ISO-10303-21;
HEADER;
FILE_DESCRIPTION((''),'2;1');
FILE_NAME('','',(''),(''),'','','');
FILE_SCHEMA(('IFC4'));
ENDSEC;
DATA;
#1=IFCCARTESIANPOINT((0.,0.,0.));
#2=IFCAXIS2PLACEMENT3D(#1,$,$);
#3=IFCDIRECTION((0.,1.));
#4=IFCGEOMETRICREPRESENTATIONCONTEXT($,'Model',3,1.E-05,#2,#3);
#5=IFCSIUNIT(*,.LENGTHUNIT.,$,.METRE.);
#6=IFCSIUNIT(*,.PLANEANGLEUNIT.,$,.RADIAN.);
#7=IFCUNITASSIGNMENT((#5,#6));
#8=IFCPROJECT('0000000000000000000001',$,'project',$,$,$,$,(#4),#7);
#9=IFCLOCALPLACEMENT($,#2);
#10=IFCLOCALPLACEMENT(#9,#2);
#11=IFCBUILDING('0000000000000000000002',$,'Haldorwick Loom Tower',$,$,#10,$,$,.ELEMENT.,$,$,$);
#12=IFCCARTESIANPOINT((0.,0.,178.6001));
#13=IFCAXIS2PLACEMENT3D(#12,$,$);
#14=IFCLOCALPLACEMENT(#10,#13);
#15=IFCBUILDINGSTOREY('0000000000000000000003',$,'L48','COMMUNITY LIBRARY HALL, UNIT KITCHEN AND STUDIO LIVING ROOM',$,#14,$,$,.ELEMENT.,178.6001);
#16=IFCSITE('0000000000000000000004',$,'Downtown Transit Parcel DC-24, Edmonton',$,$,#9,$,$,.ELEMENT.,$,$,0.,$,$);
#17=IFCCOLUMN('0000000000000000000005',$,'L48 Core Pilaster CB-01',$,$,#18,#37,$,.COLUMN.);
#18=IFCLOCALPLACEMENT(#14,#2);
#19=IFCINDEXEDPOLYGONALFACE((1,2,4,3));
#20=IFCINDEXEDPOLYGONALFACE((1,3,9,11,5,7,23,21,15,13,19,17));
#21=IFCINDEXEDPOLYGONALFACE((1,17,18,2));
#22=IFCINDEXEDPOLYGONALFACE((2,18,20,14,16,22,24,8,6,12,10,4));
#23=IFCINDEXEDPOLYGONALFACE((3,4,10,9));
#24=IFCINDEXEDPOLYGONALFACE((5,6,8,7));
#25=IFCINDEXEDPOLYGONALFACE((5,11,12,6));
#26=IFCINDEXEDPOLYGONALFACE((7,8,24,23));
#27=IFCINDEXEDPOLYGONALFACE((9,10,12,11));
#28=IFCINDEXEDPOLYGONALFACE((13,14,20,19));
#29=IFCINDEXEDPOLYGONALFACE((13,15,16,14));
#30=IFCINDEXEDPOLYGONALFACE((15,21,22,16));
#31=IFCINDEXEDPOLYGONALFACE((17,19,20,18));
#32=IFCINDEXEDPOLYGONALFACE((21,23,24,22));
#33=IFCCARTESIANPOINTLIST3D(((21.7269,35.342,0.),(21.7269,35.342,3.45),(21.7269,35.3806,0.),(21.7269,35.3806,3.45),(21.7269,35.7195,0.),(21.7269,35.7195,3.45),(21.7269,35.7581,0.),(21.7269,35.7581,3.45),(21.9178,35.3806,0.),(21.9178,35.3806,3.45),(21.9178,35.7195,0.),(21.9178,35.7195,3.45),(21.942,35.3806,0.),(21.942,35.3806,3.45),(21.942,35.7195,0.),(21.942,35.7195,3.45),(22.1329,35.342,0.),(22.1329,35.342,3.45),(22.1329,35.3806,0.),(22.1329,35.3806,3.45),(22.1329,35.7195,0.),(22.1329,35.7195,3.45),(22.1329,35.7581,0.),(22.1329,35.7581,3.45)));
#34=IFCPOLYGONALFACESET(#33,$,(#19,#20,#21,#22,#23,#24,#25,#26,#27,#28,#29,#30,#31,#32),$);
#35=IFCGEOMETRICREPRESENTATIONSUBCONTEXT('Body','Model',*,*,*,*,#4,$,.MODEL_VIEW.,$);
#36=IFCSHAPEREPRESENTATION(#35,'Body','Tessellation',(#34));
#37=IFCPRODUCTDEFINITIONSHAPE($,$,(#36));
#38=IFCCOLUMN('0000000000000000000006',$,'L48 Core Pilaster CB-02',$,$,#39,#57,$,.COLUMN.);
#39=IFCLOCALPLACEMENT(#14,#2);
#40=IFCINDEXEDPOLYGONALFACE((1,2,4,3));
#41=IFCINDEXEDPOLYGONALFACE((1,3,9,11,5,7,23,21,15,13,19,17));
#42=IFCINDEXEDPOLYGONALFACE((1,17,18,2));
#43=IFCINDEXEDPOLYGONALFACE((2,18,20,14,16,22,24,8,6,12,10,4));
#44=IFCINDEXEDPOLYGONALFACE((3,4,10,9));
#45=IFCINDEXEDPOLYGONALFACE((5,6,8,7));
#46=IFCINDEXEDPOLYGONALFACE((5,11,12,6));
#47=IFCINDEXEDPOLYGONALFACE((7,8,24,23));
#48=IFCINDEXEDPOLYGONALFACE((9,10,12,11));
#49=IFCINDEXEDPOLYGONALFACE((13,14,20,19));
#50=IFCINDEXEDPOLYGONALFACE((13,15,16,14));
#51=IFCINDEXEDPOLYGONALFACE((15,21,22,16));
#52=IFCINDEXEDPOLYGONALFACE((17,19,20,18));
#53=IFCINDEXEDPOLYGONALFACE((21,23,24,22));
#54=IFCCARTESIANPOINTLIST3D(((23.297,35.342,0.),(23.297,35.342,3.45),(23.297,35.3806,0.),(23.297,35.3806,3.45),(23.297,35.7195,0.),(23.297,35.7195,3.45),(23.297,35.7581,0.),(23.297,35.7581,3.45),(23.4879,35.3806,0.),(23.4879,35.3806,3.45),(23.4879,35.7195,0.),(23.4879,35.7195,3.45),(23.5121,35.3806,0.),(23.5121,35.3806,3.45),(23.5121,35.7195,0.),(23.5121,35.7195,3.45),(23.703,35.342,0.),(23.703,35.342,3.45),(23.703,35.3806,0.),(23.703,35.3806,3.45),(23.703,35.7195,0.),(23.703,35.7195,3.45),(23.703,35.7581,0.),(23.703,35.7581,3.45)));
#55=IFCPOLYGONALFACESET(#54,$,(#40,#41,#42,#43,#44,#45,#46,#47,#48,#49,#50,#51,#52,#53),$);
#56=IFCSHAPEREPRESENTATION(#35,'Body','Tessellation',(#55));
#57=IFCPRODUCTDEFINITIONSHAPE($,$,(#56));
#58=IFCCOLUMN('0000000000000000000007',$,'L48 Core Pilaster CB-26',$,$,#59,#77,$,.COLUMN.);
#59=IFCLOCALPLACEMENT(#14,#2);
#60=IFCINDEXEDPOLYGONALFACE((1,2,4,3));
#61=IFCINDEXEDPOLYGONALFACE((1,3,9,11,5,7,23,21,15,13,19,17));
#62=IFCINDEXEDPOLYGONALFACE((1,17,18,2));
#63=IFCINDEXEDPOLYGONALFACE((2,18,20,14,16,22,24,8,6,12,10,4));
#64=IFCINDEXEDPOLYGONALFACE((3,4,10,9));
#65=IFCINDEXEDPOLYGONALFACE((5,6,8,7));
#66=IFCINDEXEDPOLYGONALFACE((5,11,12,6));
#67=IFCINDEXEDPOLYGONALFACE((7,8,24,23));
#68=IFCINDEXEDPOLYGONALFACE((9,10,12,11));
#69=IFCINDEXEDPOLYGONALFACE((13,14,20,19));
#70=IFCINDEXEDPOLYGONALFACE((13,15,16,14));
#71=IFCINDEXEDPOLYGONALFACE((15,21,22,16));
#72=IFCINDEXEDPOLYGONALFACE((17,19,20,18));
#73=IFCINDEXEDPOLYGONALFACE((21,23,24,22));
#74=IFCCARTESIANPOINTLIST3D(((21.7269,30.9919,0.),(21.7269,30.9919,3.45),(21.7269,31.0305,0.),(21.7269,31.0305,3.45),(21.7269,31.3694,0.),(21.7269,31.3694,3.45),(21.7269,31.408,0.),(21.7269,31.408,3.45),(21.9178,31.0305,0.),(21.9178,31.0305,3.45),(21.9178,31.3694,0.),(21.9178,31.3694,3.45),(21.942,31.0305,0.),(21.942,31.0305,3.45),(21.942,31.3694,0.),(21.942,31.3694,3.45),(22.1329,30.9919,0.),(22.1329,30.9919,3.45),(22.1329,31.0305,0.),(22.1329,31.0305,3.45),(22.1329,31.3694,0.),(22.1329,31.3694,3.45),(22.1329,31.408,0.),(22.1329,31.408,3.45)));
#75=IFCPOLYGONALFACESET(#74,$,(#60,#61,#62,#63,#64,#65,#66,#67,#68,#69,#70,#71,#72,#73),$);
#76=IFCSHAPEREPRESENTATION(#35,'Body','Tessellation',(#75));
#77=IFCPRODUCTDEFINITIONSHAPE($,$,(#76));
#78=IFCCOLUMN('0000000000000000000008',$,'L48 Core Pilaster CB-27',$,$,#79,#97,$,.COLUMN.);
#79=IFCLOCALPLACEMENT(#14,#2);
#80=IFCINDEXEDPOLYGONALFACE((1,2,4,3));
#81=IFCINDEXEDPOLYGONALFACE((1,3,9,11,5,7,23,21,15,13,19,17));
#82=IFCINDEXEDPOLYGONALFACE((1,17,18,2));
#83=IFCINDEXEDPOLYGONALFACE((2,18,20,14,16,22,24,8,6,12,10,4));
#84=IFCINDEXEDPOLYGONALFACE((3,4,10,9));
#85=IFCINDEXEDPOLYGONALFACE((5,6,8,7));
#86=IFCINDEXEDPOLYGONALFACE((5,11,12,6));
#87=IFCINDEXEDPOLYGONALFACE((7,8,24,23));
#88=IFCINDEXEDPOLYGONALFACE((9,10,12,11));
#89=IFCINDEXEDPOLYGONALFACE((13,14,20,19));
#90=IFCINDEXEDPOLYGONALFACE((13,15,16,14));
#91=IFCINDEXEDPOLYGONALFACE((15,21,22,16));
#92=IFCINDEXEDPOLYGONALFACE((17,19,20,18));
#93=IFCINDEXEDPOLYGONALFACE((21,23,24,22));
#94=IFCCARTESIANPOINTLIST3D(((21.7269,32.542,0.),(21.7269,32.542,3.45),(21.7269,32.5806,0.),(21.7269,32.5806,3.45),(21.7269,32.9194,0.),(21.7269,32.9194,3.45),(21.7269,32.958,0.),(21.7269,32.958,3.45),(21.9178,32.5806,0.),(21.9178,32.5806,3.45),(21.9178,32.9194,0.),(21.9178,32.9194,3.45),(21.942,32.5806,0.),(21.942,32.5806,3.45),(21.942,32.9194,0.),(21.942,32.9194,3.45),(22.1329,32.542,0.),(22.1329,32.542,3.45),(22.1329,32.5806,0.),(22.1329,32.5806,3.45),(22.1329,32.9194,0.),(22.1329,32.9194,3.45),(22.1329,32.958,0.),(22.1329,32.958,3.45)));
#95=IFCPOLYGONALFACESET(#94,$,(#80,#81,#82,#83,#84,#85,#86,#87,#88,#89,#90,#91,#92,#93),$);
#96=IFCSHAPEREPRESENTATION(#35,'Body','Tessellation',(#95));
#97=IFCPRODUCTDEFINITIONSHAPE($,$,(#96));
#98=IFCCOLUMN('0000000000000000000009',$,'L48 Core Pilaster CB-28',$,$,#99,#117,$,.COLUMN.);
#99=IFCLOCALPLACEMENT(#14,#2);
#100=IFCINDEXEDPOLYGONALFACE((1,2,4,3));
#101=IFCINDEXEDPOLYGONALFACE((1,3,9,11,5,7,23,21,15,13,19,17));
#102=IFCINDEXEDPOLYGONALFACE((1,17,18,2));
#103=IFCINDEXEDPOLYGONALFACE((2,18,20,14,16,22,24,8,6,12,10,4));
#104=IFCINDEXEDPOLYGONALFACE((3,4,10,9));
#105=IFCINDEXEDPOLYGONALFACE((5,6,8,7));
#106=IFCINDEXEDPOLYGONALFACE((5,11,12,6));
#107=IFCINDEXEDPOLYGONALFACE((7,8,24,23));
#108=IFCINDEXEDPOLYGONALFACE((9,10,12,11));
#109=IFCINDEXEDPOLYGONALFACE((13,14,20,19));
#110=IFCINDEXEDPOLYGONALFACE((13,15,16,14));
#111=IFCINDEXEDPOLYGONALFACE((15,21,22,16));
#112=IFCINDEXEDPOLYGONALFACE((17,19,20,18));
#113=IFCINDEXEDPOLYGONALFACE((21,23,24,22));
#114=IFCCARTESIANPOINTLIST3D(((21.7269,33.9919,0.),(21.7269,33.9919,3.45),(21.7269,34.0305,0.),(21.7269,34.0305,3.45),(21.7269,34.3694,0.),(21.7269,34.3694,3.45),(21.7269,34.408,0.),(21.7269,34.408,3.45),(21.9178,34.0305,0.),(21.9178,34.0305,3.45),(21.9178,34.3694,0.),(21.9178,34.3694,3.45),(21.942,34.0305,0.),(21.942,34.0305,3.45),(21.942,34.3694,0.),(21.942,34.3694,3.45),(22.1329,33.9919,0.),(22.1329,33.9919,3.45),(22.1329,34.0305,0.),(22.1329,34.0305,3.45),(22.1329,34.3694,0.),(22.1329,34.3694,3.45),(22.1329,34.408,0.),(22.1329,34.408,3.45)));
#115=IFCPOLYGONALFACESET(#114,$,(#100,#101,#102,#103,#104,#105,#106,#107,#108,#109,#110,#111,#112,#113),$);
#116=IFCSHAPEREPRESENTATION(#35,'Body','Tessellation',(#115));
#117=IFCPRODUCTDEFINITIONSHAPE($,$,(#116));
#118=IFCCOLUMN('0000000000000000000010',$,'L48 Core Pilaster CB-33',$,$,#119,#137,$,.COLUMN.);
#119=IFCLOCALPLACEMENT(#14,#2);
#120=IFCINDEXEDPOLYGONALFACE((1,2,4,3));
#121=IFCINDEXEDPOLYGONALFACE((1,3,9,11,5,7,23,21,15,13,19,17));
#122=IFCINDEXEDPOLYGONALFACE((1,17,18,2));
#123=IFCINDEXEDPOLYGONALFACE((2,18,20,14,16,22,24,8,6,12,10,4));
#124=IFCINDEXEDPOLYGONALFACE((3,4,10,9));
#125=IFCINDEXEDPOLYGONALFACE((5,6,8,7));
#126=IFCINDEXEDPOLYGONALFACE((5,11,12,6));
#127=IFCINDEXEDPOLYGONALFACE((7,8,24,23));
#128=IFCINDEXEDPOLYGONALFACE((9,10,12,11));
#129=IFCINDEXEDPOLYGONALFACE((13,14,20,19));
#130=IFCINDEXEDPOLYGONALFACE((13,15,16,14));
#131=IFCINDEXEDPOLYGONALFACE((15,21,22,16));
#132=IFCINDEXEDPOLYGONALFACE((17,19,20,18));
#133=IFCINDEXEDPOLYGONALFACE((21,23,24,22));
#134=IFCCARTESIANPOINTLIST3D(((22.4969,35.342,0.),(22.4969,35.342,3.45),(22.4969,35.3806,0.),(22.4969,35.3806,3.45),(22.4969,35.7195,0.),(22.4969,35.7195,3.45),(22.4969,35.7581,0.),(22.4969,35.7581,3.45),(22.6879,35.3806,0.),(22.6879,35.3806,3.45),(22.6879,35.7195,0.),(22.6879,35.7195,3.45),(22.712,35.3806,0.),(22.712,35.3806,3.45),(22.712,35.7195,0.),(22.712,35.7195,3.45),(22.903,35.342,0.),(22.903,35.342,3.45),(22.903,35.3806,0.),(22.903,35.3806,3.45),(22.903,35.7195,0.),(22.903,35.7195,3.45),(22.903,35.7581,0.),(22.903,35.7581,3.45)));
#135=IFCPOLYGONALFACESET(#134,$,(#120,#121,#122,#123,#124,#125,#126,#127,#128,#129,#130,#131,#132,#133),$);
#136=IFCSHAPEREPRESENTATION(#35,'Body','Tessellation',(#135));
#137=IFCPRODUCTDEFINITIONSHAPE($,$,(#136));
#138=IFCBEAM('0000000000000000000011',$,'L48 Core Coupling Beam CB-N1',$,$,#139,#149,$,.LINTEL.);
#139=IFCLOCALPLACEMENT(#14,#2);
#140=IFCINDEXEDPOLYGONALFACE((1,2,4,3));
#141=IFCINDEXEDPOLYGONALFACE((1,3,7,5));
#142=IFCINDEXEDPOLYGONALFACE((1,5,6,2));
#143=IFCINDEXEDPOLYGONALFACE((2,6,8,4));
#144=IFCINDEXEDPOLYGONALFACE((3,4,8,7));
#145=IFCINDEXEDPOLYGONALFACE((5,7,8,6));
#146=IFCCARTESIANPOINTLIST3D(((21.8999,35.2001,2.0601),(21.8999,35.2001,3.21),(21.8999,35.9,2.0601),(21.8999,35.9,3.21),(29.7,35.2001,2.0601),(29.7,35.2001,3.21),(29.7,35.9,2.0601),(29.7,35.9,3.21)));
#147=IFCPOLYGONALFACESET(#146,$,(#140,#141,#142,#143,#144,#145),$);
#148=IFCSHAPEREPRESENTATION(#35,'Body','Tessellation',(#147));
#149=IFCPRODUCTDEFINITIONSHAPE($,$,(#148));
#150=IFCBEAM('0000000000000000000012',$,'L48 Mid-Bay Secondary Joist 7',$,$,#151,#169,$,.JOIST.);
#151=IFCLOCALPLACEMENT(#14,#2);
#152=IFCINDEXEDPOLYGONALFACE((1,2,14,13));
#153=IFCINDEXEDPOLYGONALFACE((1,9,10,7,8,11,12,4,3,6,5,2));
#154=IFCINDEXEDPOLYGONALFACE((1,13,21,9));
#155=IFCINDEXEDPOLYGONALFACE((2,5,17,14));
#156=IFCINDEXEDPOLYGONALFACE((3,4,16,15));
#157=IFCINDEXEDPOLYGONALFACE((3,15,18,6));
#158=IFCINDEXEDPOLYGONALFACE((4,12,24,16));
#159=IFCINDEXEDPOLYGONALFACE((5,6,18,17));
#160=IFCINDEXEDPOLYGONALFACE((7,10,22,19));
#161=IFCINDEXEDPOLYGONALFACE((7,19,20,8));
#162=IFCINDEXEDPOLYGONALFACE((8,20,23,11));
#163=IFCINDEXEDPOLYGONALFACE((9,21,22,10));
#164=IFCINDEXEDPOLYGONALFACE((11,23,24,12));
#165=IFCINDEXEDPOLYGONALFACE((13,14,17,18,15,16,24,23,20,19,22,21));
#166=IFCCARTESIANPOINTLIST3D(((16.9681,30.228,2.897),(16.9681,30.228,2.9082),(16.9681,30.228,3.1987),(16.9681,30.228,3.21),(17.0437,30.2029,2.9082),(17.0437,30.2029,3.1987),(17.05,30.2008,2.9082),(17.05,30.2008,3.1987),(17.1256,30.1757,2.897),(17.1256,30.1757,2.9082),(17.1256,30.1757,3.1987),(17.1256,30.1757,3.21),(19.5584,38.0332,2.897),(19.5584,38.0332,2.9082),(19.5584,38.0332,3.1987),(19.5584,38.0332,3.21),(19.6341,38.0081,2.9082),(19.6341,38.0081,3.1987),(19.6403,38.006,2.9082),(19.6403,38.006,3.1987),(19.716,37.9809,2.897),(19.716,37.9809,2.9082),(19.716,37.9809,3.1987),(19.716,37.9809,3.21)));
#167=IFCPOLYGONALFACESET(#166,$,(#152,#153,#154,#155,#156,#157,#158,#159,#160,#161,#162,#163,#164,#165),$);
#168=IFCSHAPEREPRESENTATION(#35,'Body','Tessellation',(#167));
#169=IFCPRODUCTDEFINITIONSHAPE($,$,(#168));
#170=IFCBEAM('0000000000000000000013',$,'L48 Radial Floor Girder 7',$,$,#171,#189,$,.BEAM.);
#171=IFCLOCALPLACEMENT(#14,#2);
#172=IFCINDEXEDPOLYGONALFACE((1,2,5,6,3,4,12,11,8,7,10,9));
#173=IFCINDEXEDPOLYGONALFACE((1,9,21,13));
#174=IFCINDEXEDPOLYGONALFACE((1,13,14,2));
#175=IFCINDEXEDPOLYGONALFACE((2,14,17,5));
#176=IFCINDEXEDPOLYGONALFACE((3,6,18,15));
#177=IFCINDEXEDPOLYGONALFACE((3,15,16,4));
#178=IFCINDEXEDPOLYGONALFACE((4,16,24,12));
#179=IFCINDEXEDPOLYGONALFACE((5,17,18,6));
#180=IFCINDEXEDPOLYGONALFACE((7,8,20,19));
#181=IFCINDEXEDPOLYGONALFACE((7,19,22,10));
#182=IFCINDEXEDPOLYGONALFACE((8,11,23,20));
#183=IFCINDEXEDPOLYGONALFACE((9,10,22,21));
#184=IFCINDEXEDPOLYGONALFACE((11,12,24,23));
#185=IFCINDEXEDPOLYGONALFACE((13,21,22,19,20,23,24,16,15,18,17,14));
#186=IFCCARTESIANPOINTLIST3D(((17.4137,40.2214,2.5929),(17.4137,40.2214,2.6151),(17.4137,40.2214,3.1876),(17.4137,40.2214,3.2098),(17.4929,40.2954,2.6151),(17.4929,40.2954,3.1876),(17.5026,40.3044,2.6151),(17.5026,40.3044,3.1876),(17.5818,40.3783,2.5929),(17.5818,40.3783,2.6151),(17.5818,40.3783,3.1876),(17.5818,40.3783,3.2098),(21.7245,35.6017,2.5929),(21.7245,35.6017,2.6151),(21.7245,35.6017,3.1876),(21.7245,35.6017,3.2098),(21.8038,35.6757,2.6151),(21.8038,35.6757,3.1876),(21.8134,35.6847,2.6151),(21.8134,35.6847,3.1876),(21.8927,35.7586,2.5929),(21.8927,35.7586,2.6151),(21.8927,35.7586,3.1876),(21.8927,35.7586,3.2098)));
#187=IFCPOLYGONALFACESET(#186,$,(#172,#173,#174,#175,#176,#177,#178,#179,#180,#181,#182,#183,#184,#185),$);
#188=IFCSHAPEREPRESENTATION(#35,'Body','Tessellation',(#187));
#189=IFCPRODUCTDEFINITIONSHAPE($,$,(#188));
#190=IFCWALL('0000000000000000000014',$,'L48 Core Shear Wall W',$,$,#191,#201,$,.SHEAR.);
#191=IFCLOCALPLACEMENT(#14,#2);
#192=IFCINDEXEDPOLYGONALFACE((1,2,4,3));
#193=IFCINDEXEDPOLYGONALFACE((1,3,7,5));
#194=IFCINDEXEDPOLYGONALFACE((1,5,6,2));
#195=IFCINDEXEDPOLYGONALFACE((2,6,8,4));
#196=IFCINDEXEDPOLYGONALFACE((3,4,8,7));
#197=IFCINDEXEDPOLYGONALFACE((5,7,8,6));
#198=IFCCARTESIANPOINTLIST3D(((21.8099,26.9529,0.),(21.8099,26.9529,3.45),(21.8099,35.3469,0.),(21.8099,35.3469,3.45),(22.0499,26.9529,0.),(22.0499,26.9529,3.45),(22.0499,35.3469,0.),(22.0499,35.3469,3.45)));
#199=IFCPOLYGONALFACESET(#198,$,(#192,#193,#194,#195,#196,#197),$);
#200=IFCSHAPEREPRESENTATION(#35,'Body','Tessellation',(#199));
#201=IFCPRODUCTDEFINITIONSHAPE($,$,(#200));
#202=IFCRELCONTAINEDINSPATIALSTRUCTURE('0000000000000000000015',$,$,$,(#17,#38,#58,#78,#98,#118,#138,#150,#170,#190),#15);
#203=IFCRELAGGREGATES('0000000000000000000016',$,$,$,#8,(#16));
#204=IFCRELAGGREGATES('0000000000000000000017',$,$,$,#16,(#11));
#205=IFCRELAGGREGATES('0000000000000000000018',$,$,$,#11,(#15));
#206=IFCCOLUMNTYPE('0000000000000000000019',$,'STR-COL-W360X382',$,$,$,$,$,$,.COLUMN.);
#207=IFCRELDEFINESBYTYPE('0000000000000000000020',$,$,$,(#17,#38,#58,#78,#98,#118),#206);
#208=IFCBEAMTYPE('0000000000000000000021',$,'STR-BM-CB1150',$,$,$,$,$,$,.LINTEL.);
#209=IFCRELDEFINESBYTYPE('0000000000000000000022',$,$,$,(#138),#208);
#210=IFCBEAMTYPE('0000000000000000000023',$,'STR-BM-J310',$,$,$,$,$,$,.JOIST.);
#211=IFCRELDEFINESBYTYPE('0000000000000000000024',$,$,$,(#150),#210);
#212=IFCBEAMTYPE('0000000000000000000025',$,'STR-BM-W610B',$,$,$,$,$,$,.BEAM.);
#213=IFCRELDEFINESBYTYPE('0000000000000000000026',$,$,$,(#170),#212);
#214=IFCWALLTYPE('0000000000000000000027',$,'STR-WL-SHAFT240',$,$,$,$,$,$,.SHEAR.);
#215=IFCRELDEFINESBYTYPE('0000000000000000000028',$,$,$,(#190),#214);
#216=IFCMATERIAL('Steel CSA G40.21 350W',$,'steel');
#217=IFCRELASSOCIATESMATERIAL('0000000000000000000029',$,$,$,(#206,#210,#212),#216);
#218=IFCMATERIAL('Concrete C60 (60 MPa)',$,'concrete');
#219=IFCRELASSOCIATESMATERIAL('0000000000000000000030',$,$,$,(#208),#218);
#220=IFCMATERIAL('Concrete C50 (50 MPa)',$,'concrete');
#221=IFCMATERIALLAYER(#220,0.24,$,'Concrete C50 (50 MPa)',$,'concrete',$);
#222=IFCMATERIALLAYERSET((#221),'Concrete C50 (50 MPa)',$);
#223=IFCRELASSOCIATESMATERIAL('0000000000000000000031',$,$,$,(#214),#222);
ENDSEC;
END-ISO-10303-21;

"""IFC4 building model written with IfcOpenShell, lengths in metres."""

from ifc_helpers import new_model, si_unit, direction, frame, frame_2d, origin, origin_2d, place, context, subcontext, project, spatial, rectangle, i_section, extrude, material, layer, layer_set, material_profile, profile_set, type_object, element, save


model = new_model("IFC4")

# Units and contexts
model_context = context("Model", 3, precision=1e-05, world=origin(), true_north=direction((0.0, 1.0)))
body_context = subcontext(model_context, "Body", "Model", "MODEL_VIEW")
ifc_project = project(units=[si_unit("LENGTHUNIT", "METRE"), si_unit("PLANEANGLEUNIT", "RADIAN")], contexts=[model_context])

# Site, building, storey
site_placement = place(None, origin())
site = spatial("IfcSite", under=ifc_project, at=site_placement, Name="Downtown Transit Parcel DC-24, Edmonton", CompositionType="ELEMENT", RefElevation=0.0)
building_placement = place(site_placement, origin())
building = spatial("IfcBuilding", under=site, at=building_placement, Name="Haldorwick Loom Tower", CompositionType="ELEMENT")
storey_placement = place(building_placement, frame((0.0, 0.0, 178.6001)))
storey = spatial("IfcBuildingStorey", under=building, at=storey_placement, Name="L48", Description="COMMUNITY LIBRARY HALL, UNIT KITCHEN AND STUDIO LIVING ROOM", CompositionType="ELEMENT", Elevation=178.6001)

# Columns
ifc_material_1 = material(Name="Steel CSA G40.21 350W", Category="steel")
ifc_material_profile_1 = material_profile(ifc_material_1, i_section(OverallWidth=0.406, OverallDepth=0.416, WebThickness=0.0242, FlangeThickness=0.0386, at=origin_2d()), Name="W360X382", Category="steel")
ifc_profile_set_1 = profile_set([ifc_material_profile_1], Name="Steel CSA G40.21 350W")
column_type = type_object("IfcColumnType", Name="STR-COL-W360X382", PredefinedType="COLUMN", material=ifc_profile_set_1)
for number, where, z_axis, x_axis, name in (
    (1, (21.9299, 35.55, 0.0), (0.0, 0.0, 1.0), (1.0, 0.0, 0.0), "L48 Core Pilaster CB-01"),
    (2, (23.5, 35.55, 0.0), (0.0, 0.0, 1.0), (1.0, 0.0, 0.0), "L48 Core Pilaster CB-02"),
    (3, (21.9299, 31.2, 0.0), (0.0, 0.0, 1.0), (1.0, 0.0, 0.0), "L48 Core Pilaster CB-26"),
    (4, (21.9299, 32.75, 0.0), (0.0, 0.0, 1.0), (1.0, 0.0, 0.0), "L48 Core Pilaster CB-27"),
    (5, (21.9299, 34.2, 0.0), (0.0, 0.0, 1.0), (1.0, 0.0, 0.0), "L48 Core Pilaster CB-28"),
    (6, (22.7, 35.55, 0.0), (0.0, 0.0, 1.0), (1.0, 0.0, 0.0), "L48 Core Pilaster CB-33"),
):
    element("IfcColumn", number, at=place(storey_placement, frame(where, z_axis=z_axis, x_axis=x_axis)), inside=storey, type_object=column_type, Name=name, PredefinedType="COLUMN", context=body_context, shape_type="SweptSolid", body=[
        extrude(i_section(OverallWidth=0.406, OverallDepth=0.416, WebThickness=0.0242, FlangeThickness=0.0386, at=origin_2d()), origin(), (0.0, 0.0, 1.0), 3.45),
    ])

# Beams
ifc_material_2 = material(Name="Concrete C60 (60 MPa)", Category="concrete")
ifc_material_profile_2 = material_profile(ifc_material_2, rectangle(XDim=0.7, YDim=1.1499, at=origin_2d()), Name="RC700X1150", Category="concrete")
ifc_profile_set_2 = profile_set([ifc_material_profile_2], Name="Concrete C60 (60 MPa)")
beam_type_1 = type_object("IfcBeamType", Name="STR-BM-CB1150", PredefinedType="LINTEL", material=ifc_profile_set_2)
beam_1_placement = place(storey_placement, frame((21.8999, 35.55, 2.635), z_axis=(1.0, 0.0, 0.0), x_axis=(0.0, 1.0, 0.0)))
element("IfcBeam", 7, at=beam_1_placement, inside=storey, type_object=beam_type_1, Name="L48 Core Coupling Beam CB-N1", PredefinedType="LINTEL", context=body_context, shape_type="SweptSolid", body=[
    extrude(rectangle(XDim=0.7, YDim=1.1499, at=origin_2d()), origin(), (0.0, 0.0, 1.0), 7.8),
])
ifc_material_profile_3 = material_profile(ifc_material_1, i_section(OverallWidth=0.166, OverallDepth=0.313, WebThickness=0.0066, FlangeThickness=0.0112, at=origin_2d()), Name="W310X45", Category="steel")
ifc_profile_set_3 = profile_set([ifc_material_profile_3], Name="Steel CSA G40.21 350W")
beam_type_2 = type_object("IfcBeamType", Name="STR-BM-J310", PredefinedType="JOIST", material=ifc_profile_set_3)
beam_2_placement = place(storey_placement, frame((19.6372, 38.0071, 3.0535), z_axis=(-0.314981, -0.949098, 0.0), x_axis=(0.949098, -0.314981, 0.0)))
element("IfcBeam", 8, at=beam_2_placement, inside=storey, type_object=beam_type_2, Name="L48 Mid-Bay Secondary Joist 7", PredefinedType="JOIST", context=body_context, shape_type="SweptSolid", body=[
    extrude(i_section(OverallWidth=0.166, OverallDepth=0.313, WebThickness=0.0066, FlangeThickness=0.0112, at=origin_2d()), origin(), (0.0, 0.0, 1.0), 8.2239),
])
ifc_material_profile_4 = material_profile(ifc_material_1, i_section(OverallWidth=0.23, OverallDepth=0.6169, WebThickness=0.0132, FlangeThickness=0.0222, at=origin_2d()), Name="W610X140", Category="steel")
ifc_profile_set_4 = profile_set([ifc_material_profile_4], Name="Steel CSA G40.21 350W")
beam_type_3 = type_object("IfcBeamType", Name="STR-BM-W610B", PredefinedType="BEAM", material=ifc_profile_set_4)
beam_3_placement = place(storey_placement, frame((21.8086, 35.6802, 2.9014), z_axis=(-0.682245, 0.731123, 0.0), x_axis=(-0.731123, -0.682245, 0.0)))
element("IfcBeam", 9, at=beam_3_placement, inside=storey, type_object=beam_type_3, Name="L48 Radial Floor Girder 7", PredefinedType="BEAM", context=body_context, shape_type="SweptSolid", body=[
    extrude(i_section(OverallWidth=0.23, OverallDepth=0.6169, WebThickness=0.0132, FlangeThickness=0.0222, at=origin_2d()), origin(), (0.0, 0.0, 1.0), 6.3186),
])

# Wall
ifc_material_3 = material(Name="Concrete C50 (50 MPa)", Category="concrete")
ifc_layer = layer(ifc_material_3, 0.24, Name="Concrete C50 (50 MPa)", Category="concrete")
ifc_layer_set = layer_set([ifc_layer], Name="Concrete C50 (50 MPa)")
wall_type = type_object("IfcWallType", Name="STR-WL-SHAFT240", PredefinedType="SHEAR", material=ifc_layer_set)
wall_1_placement = place(storey_placement, frame((21.9299, 35.3469, 0.0), z_axis=(0.0, 0.0, 1.0), x_axis=(0.0, -1.0, 0.0)))
element("IfcWall", 10, at=wall_1_placement, inside=storey, type_object=wall_type, Name="L48 Core Shear Wall W", PredefinedType="SHEAR", context=body_context, shape_type="SweptSolid", body=[
    extrude(rectangle(XDim=8.394, YDim=0.24, at=frame_2d((4.197, 0.0))), origin(), (0.0, 0.0, 1.0), 3.45),
])

save(model, "model.ifc")
